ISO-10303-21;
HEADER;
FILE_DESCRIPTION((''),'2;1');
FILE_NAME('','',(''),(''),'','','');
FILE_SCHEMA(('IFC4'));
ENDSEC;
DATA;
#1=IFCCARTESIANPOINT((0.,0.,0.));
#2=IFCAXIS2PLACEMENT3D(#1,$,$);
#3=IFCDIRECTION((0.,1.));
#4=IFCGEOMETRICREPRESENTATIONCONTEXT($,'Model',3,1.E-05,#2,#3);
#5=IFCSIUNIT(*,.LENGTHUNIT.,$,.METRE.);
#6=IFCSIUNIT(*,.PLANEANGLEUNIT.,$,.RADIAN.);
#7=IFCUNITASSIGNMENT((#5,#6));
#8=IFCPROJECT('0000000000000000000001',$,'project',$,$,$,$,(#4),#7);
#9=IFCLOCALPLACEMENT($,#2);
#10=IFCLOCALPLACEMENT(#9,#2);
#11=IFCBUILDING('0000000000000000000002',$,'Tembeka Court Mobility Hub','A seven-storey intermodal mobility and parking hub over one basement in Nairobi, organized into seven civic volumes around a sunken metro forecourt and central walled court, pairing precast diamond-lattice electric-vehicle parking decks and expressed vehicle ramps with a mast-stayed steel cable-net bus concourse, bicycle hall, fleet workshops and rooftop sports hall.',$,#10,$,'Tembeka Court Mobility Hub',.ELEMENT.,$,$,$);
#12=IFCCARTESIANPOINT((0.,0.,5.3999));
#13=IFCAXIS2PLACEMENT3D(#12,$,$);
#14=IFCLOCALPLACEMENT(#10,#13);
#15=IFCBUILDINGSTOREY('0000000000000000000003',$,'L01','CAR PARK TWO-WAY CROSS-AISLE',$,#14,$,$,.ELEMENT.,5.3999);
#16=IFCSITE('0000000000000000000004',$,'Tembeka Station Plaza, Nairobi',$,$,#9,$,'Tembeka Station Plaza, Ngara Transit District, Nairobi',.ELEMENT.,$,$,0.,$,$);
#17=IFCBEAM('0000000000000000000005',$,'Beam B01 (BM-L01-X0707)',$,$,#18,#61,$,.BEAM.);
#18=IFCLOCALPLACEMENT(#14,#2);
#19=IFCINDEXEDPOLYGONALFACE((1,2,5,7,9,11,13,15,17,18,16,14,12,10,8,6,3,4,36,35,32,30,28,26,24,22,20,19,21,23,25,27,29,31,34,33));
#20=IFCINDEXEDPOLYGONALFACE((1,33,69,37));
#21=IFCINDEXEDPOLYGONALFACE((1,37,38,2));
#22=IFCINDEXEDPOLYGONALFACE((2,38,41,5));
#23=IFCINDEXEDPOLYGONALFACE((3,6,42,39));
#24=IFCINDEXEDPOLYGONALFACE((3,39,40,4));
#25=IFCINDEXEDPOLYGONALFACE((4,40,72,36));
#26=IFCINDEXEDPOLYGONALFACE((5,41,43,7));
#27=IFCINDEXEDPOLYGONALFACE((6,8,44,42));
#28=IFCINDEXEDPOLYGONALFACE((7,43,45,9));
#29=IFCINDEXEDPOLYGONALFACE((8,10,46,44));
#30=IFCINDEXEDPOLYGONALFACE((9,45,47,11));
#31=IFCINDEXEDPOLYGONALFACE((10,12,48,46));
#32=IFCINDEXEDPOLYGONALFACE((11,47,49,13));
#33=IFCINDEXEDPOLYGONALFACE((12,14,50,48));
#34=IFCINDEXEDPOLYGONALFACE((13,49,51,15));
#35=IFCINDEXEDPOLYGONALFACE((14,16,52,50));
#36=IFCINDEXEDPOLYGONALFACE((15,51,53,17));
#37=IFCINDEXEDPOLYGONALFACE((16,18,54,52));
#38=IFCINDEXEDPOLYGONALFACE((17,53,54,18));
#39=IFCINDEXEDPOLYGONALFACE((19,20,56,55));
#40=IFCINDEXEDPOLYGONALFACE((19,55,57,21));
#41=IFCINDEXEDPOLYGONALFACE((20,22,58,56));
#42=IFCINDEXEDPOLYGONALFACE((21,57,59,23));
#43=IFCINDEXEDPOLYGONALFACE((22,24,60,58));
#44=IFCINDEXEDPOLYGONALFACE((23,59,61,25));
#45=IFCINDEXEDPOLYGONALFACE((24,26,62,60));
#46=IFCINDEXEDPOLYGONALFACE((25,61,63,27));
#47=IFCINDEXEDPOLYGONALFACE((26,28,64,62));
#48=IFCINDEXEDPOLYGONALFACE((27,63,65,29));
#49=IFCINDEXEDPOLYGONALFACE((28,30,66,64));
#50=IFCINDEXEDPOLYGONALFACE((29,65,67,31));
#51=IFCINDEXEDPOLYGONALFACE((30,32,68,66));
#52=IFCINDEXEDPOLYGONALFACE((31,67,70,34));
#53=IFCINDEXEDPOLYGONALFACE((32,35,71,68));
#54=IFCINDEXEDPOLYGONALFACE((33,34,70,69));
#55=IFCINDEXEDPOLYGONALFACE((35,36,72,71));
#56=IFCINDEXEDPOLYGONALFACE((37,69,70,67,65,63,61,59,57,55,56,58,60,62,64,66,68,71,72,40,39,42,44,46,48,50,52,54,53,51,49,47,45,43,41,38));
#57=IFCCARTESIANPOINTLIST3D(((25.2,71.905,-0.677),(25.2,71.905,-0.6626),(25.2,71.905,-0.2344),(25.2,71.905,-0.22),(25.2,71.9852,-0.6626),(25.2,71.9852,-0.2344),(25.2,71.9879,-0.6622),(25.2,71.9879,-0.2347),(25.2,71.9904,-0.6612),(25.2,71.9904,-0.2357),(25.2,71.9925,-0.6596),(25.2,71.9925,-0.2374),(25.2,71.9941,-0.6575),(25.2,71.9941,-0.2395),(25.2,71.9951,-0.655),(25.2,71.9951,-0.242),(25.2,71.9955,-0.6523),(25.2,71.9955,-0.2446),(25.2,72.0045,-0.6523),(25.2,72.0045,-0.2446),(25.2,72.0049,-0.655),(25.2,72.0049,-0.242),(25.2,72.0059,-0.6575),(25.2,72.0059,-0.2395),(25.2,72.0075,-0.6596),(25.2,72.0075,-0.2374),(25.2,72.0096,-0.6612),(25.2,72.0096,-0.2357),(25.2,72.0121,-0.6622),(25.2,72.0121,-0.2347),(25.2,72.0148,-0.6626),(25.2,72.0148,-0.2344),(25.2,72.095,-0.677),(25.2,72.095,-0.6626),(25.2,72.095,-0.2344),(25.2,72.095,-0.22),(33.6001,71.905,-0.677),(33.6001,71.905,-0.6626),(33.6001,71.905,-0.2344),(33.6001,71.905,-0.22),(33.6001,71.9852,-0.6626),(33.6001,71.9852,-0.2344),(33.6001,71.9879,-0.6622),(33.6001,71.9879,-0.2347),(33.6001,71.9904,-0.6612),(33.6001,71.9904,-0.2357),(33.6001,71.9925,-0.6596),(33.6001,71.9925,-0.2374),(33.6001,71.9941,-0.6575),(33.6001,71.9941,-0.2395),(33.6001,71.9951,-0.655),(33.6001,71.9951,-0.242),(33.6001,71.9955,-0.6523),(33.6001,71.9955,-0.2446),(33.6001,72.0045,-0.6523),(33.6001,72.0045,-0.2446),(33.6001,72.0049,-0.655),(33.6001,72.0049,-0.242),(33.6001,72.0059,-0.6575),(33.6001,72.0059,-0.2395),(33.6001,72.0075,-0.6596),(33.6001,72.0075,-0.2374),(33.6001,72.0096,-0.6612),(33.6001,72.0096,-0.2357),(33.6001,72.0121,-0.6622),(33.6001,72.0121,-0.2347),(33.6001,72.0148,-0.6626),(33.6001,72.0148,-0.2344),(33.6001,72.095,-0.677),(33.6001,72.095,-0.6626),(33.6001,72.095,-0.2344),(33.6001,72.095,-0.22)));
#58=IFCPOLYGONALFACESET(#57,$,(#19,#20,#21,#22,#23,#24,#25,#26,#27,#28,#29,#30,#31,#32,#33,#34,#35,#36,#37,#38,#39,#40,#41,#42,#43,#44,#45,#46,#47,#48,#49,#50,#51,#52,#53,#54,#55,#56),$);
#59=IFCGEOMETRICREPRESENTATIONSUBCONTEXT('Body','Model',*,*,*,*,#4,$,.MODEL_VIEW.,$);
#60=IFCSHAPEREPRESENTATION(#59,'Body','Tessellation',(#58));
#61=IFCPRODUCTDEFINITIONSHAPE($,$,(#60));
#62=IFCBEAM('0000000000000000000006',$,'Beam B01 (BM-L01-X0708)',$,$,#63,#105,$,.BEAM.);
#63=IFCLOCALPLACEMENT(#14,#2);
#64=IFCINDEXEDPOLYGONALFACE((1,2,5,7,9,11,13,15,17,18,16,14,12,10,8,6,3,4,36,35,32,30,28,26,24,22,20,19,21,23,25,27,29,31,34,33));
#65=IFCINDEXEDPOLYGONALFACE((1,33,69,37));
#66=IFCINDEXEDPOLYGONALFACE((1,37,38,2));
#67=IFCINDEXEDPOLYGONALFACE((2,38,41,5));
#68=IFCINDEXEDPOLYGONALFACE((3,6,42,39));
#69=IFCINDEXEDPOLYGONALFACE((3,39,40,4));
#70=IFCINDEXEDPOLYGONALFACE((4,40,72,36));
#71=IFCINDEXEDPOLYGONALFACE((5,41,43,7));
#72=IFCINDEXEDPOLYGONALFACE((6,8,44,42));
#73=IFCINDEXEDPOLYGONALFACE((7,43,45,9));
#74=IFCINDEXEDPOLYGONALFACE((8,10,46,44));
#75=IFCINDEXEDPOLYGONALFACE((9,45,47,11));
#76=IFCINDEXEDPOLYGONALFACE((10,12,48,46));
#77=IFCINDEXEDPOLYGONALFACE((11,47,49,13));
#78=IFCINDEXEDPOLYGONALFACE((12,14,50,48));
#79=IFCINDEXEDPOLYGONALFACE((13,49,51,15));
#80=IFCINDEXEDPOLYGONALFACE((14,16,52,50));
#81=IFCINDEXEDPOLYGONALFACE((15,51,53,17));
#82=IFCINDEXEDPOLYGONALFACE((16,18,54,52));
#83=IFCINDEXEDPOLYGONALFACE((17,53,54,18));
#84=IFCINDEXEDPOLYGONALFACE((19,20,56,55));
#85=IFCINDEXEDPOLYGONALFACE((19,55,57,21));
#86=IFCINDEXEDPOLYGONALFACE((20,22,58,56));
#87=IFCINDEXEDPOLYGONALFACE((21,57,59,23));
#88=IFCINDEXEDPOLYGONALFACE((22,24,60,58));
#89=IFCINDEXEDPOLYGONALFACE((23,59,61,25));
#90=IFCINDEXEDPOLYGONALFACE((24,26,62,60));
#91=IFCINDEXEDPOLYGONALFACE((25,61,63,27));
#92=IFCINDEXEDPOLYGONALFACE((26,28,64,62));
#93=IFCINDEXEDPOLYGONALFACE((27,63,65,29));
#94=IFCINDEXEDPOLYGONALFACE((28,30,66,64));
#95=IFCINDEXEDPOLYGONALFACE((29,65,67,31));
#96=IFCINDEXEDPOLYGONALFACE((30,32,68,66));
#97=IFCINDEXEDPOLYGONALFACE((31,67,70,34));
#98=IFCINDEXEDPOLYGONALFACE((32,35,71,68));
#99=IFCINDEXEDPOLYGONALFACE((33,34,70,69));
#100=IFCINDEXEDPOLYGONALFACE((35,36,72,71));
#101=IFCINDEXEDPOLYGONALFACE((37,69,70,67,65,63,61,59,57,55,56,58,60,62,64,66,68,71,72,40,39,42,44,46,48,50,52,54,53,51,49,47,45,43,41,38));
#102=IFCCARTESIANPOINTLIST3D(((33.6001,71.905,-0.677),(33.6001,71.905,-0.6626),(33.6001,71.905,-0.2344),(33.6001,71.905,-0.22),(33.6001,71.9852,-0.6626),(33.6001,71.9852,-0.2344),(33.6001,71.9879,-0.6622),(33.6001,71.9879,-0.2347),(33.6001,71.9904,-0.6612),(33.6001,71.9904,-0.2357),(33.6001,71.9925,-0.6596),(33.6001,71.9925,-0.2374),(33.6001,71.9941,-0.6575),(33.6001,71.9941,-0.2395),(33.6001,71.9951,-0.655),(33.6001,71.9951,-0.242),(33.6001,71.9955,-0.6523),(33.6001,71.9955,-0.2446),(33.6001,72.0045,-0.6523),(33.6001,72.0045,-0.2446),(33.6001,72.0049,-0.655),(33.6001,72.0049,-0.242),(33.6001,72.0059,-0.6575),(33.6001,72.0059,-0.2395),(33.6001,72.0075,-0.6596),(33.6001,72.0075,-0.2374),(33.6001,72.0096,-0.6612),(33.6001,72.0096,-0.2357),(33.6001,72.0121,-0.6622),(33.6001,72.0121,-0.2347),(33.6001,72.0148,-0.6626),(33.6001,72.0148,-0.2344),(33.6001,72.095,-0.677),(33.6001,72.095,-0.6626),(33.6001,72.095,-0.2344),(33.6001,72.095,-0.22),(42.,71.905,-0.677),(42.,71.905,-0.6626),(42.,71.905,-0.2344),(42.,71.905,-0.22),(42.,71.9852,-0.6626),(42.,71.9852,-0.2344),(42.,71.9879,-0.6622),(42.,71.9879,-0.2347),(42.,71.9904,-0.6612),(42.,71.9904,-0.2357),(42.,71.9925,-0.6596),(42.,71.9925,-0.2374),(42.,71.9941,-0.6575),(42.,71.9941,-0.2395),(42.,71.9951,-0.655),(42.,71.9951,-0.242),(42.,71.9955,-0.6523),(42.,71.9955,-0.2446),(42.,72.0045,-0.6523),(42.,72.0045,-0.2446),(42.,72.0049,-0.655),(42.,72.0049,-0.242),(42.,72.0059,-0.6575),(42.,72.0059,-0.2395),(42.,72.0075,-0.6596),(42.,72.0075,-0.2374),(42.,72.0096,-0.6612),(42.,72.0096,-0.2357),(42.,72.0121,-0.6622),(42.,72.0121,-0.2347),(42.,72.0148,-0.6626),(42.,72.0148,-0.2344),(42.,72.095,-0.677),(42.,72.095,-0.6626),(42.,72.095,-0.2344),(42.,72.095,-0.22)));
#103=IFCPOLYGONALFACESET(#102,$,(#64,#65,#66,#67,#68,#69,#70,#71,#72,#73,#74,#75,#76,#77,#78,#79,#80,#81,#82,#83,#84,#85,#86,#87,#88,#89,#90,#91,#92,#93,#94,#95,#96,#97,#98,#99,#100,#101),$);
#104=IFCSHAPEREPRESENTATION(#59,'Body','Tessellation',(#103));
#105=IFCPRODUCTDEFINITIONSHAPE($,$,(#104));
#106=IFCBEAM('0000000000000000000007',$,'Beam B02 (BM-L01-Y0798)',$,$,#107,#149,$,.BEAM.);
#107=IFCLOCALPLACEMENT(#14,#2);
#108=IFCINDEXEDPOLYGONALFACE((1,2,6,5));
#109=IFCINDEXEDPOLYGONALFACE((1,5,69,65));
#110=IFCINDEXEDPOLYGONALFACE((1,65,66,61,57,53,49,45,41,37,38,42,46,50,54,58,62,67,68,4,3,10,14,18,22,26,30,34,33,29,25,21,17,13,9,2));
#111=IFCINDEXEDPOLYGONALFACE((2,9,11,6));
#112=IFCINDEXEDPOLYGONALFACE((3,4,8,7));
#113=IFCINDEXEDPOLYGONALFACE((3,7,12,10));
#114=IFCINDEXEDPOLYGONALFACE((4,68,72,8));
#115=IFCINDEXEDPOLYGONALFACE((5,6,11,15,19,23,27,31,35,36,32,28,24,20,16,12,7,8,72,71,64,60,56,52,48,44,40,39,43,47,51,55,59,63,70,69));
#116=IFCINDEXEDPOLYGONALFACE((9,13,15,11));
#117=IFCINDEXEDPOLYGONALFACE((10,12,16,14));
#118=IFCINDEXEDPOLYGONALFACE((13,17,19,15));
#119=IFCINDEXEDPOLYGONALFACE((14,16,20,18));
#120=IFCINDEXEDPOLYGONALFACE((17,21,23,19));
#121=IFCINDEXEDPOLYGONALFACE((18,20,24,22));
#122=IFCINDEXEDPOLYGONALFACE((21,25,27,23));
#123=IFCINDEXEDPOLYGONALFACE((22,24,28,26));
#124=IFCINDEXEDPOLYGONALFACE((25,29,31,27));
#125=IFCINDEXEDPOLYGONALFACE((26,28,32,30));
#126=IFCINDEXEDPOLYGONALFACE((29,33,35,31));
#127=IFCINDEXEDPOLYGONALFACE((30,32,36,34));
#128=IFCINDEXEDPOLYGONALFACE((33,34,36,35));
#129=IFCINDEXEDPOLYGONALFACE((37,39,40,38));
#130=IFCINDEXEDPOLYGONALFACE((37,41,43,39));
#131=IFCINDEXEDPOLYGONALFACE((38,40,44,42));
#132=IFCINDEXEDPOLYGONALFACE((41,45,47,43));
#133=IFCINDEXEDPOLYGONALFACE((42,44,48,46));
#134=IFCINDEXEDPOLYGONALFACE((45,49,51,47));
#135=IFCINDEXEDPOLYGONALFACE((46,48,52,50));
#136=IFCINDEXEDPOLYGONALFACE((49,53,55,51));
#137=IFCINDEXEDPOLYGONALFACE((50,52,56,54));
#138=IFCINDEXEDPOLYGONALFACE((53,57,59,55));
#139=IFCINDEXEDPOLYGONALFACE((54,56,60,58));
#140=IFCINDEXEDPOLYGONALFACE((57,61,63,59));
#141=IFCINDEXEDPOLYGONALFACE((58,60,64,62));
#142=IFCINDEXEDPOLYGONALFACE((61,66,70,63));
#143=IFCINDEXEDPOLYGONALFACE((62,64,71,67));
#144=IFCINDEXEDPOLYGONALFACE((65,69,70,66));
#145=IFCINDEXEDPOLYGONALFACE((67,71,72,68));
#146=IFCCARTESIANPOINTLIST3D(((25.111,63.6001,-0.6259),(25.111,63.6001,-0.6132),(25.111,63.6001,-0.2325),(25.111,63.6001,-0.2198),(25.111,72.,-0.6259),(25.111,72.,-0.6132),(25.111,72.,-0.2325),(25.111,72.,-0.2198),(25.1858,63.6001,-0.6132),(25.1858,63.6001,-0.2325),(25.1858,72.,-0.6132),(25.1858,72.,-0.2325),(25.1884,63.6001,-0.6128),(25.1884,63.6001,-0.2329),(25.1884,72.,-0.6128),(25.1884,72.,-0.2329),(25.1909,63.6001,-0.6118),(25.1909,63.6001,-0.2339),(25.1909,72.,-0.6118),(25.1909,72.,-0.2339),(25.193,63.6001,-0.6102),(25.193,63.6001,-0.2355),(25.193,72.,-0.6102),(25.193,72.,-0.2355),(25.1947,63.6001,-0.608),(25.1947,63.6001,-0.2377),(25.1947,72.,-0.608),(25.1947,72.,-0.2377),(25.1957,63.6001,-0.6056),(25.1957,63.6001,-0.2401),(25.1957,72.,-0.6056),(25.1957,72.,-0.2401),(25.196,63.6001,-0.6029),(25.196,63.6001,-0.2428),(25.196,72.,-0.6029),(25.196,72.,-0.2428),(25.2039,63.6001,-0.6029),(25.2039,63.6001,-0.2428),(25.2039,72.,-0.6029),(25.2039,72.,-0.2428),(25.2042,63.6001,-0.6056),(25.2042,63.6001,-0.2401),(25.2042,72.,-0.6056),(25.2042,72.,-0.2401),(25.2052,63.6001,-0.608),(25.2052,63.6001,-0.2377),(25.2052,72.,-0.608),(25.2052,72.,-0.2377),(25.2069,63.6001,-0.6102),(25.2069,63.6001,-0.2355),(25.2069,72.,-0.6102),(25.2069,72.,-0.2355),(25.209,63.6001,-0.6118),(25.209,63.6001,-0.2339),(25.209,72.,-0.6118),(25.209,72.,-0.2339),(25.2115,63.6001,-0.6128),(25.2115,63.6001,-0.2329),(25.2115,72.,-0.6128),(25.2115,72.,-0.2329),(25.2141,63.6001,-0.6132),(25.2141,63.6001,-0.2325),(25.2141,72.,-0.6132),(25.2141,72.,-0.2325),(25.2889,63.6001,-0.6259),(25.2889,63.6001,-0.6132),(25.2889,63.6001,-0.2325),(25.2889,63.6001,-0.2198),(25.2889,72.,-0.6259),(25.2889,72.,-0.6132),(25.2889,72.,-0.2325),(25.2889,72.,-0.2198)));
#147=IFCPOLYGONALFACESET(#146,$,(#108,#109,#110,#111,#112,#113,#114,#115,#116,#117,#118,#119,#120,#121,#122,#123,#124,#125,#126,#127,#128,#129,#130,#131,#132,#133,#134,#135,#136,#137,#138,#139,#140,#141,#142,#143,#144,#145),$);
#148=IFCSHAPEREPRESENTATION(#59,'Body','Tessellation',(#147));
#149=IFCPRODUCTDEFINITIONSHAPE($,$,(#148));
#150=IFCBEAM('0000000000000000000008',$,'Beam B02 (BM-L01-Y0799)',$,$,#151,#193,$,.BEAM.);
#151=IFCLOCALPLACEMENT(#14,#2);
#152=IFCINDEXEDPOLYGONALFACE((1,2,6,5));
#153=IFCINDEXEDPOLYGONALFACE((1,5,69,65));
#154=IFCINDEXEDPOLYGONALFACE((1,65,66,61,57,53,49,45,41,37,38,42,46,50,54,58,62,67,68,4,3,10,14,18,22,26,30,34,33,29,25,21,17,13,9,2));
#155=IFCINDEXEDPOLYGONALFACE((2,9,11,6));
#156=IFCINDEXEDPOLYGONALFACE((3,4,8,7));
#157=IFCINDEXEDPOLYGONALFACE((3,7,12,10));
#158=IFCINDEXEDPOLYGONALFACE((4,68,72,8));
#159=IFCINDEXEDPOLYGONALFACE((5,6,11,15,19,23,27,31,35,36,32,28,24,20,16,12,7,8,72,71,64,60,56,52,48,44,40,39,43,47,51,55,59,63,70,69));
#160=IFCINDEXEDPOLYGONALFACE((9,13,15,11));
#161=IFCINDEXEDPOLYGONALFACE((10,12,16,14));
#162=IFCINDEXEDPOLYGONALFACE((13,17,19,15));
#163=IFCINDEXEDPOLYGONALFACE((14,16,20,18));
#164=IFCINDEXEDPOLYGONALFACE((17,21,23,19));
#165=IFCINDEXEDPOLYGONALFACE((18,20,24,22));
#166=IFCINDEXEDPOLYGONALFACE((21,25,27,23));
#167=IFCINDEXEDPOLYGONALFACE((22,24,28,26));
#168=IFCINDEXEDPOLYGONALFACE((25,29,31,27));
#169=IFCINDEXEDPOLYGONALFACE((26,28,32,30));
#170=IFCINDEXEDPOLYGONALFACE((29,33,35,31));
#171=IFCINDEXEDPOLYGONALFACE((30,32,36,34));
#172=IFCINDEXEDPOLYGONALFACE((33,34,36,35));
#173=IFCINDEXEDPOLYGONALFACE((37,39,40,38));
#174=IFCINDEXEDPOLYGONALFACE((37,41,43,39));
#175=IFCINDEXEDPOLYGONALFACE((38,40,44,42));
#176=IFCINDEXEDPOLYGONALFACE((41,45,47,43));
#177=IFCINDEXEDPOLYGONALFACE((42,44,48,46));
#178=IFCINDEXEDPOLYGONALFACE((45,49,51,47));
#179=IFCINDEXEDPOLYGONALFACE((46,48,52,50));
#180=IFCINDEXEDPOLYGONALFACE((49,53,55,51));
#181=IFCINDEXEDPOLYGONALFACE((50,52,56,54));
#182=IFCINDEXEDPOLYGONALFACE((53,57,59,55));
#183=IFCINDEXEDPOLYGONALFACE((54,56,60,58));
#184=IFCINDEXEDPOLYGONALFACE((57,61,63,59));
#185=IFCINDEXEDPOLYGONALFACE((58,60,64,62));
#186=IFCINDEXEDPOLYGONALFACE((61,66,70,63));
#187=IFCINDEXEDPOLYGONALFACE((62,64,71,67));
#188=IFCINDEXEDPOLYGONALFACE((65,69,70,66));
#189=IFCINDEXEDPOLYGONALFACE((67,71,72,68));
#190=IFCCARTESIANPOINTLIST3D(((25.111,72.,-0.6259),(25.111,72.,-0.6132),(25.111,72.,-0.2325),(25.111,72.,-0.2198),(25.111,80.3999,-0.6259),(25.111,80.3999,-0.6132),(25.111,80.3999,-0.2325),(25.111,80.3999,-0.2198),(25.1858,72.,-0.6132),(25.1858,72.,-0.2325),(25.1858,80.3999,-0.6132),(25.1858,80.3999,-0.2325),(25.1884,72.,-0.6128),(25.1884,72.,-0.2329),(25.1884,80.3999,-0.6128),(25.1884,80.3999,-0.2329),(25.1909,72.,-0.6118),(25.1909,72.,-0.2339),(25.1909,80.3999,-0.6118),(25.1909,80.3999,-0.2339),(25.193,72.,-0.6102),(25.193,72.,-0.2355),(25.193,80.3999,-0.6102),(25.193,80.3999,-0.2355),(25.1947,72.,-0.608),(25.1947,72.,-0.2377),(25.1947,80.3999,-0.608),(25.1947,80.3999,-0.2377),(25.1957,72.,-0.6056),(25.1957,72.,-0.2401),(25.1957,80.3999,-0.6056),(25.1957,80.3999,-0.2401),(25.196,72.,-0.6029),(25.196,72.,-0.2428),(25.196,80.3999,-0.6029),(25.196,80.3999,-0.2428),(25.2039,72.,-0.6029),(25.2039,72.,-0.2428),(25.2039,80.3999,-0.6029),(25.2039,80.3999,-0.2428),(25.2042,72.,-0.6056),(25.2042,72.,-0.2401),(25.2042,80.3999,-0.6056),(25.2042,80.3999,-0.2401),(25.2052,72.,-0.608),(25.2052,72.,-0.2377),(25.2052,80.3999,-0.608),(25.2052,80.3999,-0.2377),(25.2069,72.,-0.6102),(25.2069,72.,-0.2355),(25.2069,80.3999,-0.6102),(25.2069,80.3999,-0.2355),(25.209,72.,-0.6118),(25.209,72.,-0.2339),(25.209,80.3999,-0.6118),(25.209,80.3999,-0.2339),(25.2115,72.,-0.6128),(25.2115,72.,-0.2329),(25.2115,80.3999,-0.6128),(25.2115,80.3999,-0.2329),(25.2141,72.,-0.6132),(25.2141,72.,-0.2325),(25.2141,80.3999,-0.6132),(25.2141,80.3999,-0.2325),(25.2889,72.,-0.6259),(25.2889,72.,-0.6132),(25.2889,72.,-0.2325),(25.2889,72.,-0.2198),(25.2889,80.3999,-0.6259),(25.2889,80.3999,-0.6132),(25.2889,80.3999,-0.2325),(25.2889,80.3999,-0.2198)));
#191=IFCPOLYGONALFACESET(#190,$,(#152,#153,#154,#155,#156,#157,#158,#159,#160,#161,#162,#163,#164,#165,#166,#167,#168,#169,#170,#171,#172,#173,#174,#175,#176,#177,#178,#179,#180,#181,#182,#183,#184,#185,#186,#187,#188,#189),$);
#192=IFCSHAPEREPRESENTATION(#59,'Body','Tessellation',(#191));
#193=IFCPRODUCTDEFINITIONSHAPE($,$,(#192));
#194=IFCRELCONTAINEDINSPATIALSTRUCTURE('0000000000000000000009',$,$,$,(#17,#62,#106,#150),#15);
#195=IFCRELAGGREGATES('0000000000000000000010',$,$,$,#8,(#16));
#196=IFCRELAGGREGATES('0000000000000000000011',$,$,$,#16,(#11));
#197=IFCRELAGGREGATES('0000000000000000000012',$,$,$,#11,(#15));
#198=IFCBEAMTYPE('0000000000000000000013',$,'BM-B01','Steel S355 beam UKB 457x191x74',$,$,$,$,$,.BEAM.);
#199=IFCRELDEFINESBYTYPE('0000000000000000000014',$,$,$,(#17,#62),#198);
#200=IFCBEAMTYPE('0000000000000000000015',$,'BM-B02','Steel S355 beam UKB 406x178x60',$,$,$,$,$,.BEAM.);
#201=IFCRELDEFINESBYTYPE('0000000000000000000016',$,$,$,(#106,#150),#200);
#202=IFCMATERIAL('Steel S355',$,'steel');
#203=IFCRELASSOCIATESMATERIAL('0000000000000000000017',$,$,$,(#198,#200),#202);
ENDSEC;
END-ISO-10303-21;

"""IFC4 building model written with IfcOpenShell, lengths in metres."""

from ifc_helpers import new_model, si_unit, direction, frame, origin, origin_2d, place, context, subcontext, project, spatial, i_section, extrude, material, material_profile, profile_set, type_object, element, save


model = new_model("IFC4")

# Units and contexts
model_context = context("Model", 3, precision=1e-05, world=origin(), true_north=direction((0.0, 1.0)))
body_context = subcontext(model_context, "Body", "Model", "MODEL_VIEW")
ifc_project = project(units=[si_unit("LENGTHUNIT", "METRE"), si_unit("PLANEANGLEUNIT", "RADIAN")], contexts=[model_context])

# Site, building, storey
site_placement = place(None, origin())
site = spatial("IfcSite", under=ifc_project, at=site_placement, Name="Tembeka Station Plaza, Nairobi", LongName="Tembeka Station Plaza, Ngara Transit District, Nairobi", CompositionType="ELEMENT", RefElevation=0.0)
building_placement = place(site_placement, origin())
building = spatial("IfcBuilding", under=site, at=building_placement, Name="Tembeka Court Mobility Hub", Description="A seven-storey intermodal mobility and parking hub over one basement in Nairobi, organized into seven civic volumes around a sunken metro forecourt and central walled court, pairing precast diamond-lattice electric-vehicle parking decks and expressed vehicle ramps with a mast-stayed steel cable-net bus concourse, bicycle hall, fleet workshops and rooftop sports hall.", LongName="Tembeka Court Mobility Hub", CompositionType="ELEMENT")
storey_placement = place(building_placement, frame((0.0, 0.0, 5.3999)))
storey = spatial("IfcBuildingStorey", under=building, at=storey_placement, Name="L01", Description="CAR PARK TWO-WAY CROSS-AISLE", CompositionType="ELEMENT", Elevation=5.3999)

# Shared definitions
ifc_material_1 = material(Name="Steel S355", Category="steel")

# Beams
ifc_material_profile_1 = material_profile(ifc_material_1, i_section(OverallWidth=0.1899, OverallDepth=0.457, WebThickness=0.009, FlangeThickness=0.0144, FilletRadius=0.0103, at=origin_2d()), Name="UKB 457x191x74")
ifc_profile_set_1 = profile_set([ifc_material_profile_1], Name="Steel S355")
beam_type_1 = type_object("IfcBeamType", Name="BM-B01", Description="Steel S355 beam UKB 457x191x74", PredefinedType="BEAM", material=ifc_profile_set_1)
beam_1_placement = place(storey_placement, frame((25.2, 72.0, -0.4485), z_axis=(1.0, 0.0, 0.0), x_axis=(0.0, 1.0, 0.0)))
element("IfcBeam", 1, at=beam_1_placement, inside=storey, type_object=beam_type_1, Name="Beam B01 (BM-L01-X0707)", PredefinedType="BEAM", context=body_context, shape_type="SweptSolid", body=[
    extrude(i_section(OverallWidth=0.1899, OverallDepth=0.457, WebThickness=0.009, FlangeThickness=0.0144, FilletRadius=0.0103, at=origin_2d()), origin(), (0.0, 0.0, 1.0), 8.4001),
])
beam_2_placement = place(storey_placement, frame((33.6001, 72.0, -0.4485), z_axis=(1.0, 0.0, 0.0), x_axis=(0.0, 1.0, 0.0)))
element("IfcBeam", 2, at=beam_2_placement, inside=storey, type_object=beam_type_1, Name="Beam B01 (BM-L01-X0708)", PredefinedType="BEAM", context=body_context, shape_type="SweptSolid", body=[
    extrude(i_section(OverallWidth=0.1899, OverallDepth=0.457, WebThickness=0.009, FlangeThickness=0.0144, FilletRadius=0.0103, at=origin_2d()), origin(), (0.0, 0.0, 1.0), 8.3999),
])
ifc_material_profile_2 = material_profile(ifc_material_1, i_section(OverallWidth=0.178, OverallDepth=0.406, WebThickness=0.0078, FlangeThickness=0.0127, FilletRadius=0.0103, at=origin_2d()), Name="UKB 406x178x60")
ifc_profile_set_2 = profile_set([ifc_material_profile_2], Name="Steel S355")
beam_type_2 = type_object("IfcBeamType", Name="BM-B02", Description="Steel S355 beam UKB 406x178x60", PredefinedType="BEAM", material=ifc_profile_set_2)
for number, where, z_axis, x_axis, name in (
    (3, (25.2, 63.6001, -0.4229), (0.0, 1.0, 0.0), (-1.0, 0.0, 0.0), "Beam B02 (BM-L01-Y0798)"),
    (4, (25.2, 72.0, -0.4229), (0.0, 1.0, 0.0), (-1.0, 0.0, 0.0), "Beam B02 (BM-L01-Y0799)"),
):
    element("IfcBeam", number, at=place(storey_placement, frame(where, z_axis=z_axis, x_axis=x_axis)), inside=storey, type_object=beam_type_2, Name=name, PredefinedType="BEAM", context=body_context, shape_type="SweptSolid", body=[
        extrude(i_section(OverallWidth=0.178, OverallDepth=0.406, WebThickness=0.0078, FlangeThickness=0.0127, FilletRadius=0.0103, at=origin_2d()), origin(), (0.0, 0.0, 1.0), 8.3999),
    ])

save(model, "model.ifc")
